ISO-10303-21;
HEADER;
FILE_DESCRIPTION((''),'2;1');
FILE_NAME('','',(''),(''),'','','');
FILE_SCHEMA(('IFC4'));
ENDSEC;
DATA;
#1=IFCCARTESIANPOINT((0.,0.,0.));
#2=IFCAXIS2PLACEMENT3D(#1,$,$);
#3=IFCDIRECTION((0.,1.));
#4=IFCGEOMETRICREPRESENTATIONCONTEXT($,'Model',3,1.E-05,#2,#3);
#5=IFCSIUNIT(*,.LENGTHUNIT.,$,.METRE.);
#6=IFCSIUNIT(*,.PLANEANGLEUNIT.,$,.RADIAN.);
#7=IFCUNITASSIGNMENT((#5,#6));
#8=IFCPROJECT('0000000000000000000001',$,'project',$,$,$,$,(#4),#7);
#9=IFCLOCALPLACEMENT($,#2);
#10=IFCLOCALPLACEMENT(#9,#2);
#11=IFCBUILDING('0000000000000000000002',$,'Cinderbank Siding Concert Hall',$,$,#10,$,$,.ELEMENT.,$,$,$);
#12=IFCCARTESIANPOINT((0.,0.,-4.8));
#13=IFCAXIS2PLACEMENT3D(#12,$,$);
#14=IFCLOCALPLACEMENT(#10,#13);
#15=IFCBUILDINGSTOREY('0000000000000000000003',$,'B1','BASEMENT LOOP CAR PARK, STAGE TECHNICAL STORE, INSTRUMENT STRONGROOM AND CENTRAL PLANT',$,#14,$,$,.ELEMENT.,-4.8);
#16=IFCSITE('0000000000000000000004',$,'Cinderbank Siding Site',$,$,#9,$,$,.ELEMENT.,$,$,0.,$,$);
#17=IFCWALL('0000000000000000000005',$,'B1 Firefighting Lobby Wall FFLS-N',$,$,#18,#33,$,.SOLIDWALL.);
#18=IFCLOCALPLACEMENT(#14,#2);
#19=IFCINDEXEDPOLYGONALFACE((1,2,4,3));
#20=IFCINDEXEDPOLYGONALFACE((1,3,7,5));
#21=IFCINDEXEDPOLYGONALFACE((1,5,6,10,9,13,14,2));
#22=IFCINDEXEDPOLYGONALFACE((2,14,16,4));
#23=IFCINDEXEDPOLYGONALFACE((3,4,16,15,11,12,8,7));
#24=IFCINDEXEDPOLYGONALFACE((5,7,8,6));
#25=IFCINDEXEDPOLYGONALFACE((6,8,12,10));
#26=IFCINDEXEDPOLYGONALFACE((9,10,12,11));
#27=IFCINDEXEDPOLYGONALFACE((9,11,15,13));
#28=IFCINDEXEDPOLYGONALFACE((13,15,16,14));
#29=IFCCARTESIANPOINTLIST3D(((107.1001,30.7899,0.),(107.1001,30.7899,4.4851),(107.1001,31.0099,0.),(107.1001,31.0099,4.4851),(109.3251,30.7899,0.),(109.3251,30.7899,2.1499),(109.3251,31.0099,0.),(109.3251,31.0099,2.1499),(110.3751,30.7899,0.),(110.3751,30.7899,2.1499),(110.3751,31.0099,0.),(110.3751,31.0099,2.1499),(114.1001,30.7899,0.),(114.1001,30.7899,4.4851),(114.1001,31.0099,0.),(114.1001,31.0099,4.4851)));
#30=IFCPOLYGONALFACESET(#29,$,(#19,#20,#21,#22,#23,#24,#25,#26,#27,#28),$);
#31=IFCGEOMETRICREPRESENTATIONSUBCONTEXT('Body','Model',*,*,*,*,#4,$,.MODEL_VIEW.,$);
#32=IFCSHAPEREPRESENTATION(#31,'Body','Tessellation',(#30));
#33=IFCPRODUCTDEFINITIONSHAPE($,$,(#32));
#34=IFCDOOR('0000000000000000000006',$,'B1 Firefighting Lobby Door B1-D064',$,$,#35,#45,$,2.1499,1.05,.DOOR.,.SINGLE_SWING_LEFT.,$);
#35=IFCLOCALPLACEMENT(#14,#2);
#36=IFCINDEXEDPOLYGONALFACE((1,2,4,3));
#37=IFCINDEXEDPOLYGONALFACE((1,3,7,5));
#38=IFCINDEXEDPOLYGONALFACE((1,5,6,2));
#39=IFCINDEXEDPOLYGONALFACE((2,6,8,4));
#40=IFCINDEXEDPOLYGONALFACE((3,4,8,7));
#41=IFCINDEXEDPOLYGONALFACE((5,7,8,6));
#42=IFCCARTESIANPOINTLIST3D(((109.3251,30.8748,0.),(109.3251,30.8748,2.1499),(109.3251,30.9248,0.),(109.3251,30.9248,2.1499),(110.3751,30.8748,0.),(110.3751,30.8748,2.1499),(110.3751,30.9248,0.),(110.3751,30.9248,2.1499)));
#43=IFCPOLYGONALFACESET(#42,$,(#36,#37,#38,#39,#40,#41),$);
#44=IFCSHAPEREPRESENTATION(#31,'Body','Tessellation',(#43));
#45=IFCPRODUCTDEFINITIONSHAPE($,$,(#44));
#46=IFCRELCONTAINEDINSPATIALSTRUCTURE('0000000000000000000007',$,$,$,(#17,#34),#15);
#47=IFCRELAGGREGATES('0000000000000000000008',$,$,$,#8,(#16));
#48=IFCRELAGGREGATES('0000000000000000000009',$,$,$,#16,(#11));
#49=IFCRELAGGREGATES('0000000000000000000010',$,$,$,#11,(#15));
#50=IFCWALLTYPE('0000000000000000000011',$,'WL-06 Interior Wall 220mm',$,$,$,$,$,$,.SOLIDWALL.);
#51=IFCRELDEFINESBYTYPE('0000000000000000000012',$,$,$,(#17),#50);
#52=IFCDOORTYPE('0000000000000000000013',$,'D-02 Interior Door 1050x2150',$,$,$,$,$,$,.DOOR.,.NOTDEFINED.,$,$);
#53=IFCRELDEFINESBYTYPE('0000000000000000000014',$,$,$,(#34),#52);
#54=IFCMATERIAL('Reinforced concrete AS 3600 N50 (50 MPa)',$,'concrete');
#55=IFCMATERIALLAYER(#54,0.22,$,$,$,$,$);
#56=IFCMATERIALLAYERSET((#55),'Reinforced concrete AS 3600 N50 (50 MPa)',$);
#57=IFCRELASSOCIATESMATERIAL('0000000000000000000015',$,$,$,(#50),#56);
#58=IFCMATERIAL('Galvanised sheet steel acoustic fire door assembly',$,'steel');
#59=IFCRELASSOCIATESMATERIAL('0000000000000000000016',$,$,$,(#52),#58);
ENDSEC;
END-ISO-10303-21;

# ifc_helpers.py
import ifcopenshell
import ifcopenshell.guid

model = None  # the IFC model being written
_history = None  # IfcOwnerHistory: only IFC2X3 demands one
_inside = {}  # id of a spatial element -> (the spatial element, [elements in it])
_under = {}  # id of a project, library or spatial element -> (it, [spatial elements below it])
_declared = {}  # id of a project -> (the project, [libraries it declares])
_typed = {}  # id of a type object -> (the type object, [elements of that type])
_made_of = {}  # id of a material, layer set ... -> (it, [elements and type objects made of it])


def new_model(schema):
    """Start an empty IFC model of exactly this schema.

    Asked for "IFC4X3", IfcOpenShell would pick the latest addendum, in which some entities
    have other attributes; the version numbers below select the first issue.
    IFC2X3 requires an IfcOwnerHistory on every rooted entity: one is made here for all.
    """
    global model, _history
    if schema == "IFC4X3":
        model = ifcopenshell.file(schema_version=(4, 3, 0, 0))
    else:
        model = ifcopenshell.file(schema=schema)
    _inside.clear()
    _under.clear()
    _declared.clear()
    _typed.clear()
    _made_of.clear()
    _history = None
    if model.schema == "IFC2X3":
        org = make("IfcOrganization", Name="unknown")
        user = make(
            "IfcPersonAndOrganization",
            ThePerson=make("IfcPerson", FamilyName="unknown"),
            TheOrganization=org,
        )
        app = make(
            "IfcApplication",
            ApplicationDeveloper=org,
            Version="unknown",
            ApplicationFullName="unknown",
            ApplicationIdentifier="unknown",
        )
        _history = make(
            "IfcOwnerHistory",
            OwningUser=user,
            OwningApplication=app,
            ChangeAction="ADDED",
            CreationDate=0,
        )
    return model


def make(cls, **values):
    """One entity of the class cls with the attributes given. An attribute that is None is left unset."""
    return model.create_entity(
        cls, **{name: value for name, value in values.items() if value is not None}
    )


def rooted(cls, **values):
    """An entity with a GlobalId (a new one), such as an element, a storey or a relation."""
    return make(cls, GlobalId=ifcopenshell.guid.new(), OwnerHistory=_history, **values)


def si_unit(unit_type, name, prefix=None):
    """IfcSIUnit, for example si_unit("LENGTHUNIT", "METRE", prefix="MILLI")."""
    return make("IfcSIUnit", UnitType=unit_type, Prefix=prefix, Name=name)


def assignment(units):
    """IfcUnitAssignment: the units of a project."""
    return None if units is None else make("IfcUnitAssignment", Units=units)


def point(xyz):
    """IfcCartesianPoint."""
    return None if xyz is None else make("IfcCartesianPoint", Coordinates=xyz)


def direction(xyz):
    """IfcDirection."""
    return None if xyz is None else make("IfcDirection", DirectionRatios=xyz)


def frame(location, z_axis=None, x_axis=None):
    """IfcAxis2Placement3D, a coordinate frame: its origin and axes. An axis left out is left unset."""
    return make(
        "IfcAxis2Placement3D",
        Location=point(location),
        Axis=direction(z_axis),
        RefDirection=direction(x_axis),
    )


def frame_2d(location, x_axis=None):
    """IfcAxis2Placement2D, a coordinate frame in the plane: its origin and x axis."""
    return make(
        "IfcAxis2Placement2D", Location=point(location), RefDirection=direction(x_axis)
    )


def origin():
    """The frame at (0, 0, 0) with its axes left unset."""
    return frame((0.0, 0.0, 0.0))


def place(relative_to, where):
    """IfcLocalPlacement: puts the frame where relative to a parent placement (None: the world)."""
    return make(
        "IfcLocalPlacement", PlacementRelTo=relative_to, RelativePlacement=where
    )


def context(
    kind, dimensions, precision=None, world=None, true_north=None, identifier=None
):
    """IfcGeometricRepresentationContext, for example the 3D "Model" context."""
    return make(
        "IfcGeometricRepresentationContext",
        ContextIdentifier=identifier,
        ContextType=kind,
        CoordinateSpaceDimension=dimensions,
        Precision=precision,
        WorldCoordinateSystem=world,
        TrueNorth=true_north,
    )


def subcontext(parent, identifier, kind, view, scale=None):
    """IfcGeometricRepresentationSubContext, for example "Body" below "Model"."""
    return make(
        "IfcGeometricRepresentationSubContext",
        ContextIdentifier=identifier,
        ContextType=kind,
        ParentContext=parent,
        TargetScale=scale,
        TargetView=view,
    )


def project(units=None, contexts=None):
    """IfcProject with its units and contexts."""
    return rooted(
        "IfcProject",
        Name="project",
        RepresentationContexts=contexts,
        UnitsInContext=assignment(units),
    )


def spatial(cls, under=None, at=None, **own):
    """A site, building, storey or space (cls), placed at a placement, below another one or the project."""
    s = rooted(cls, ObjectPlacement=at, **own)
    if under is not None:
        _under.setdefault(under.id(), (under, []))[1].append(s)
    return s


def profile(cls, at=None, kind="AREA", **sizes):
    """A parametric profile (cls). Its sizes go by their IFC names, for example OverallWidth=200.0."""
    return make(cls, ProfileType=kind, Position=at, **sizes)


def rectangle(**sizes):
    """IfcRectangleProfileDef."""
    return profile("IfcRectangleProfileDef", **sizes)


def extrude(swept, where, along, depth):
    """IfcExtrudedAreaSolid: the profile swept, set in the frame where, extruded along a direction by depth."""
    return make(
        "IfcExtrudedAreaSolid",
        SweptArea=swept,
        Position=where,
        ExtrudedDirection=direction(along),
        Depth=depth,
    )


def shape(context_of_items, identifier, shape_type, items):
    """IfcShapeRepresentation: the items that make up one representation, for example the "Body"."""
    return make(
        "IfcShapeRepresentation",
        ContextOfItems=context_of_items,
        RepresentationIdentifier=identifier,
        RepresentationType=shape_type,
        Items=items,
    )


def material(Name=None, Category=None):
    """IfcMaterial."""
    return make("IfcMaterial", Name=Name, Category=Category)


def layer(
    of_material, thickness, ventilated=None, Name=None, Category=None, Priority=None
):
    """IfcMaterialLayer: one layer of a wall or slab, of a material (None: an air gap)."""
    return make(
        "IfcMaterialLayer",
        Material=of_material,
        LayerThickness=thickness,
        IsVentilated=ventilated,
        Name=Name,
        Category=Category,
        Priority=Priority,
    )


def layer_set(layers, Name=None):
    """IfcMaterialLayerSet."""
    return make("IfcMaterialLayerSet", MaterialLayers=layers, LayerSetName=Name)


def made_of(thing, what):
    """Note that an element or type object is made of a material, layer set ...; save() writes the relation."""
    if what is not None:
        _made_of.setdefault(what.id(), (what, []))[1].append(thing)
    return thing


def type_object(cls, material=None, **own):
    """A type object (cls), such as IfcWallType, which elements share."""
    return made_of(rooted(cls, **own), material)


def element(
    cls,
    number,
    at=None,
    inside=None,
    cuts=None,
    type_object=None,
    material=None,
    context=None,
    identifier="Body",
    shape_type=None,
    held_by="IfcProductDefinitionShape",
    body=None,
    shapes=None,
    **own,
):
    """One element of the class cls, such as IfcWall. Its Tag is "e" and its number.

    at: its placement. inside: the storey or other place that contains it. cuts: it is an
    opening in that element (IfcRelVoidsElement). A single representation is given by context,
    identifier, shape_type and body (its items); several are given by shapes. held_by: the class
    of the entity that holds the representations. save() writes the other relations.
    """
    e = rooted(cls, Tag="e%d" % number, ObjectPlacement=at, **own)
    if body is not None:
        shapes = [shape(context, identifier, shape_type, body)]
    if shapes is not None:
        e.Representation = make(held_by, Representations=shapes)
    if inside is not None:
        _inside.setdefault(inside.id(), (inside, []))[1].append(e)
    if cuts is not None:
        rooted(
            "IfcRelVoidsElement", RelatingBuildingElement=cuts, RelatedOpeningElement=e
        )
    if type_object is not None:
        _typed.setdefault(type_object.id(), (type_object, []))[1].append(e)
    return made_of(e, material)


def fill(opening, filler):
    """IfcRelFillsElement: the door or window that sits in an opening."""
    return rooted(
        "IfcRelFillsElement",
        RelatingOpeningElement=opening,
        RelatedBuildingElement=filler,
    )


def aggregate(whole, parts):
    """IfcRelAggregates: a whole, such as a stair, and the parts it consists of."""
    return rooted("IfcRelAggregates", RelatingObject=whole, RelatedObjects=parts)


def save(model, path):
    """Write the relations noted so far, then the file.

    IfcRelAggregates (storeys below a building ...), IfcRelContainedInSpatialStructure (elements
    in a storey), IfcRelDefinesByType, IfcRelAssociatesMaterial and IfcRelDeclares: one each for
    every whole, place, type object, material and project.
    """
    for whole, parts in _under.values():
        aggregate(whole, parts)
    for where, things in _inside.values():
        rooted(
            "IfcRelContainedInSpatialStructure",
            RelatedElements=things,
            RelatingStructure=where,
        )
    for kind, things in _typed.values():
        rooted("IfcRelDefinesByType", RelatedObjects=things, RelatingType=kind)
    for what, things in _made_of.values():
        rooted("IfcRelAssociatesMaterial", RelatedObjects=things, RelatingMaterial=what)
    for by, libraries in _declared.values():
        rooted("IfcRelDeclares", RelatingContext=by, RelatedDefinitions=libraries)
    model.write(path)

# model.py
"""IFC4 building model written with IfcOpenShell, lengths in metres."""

from ifc_helpers import new_model, si_unit, direction, frame, frame_2d, origin, place, context, subcontext, project, spatial, rectangle, extrude, material, layer, layer_set, type_object, element, fill, save


model = new_model("IFC4")

# Units and contexts
model_context = context("Model", 3, precision=1e-05, world=origin(), true_north=direction((0.0, 1.0)))
body_context = subcontext(model_context, "Body", "Model", "MODEL_VIEW")
ifc_project = project(units=[si_unit("LENGTHUNIT", "METRE"), si_unit("PLANEANGLEUNIT", "RADIAN")], contexts=[model_context])

# Site, building, storey
site_placement = place(None, origin())
site = spatial("IfcSite", under=ifc_project, at=site_placement, Name="Cinderbank Siding Site", CompositionType="ELEMENT", RefElevation=0.0)
building_placement = place(site_placement, origin())
building = spatial("IfcBuilding", under=site, at=building_placement, Name="Cinderbank Siding Concert Hall", CompositionType="ELEMENT")
storey_placement = place(building_placement, frame((0.0, 0.0, -4.8)))
storey = spatial("IfcBuildingStorey", under=building, at=storey_placement, Name="B1", Description="BASEMENT LOOP CAR PARK, STAGE TECHNICAL STORE, INSTRUMENT STRONGROOM AND CENTRAL PLANT", CompositionType="ELEMENT", Elevation=-4.8)

# Shared definitions
ifc_material_1 = material(Name="Reinforced concrete AS 3600 N50 (50 MPa)", Category="concrete")

# Wall, opening, door
ifc_layer_1 = layer(ifc_material_1, 0.22)
ifc_layer_set_1 = layer_set([ifc_layer_1], Name="Reinforced concrete AS 3600 N50 (50 MPa)")
wall_type_1 = type_object("IfcWallType", Name="WL-06 Interior Wall 220mm", PredefinedType="SOLIDWALL", material=ifc_layer_set_1)
wall_1_placement = place(storey_placement, frame((107.1001, 30.8999, 0.0), z_axis=(0.0, 0.0, 1.0), x_axis=(1.0, 0.0, 0.0)))
wall_1 = element("IfcWall", 1, at=wall_1_placement, inside=storey, type_object=wall_type_1, Name="B1 Firefighting Lobby Wall FFLS-N", PredefinedType="SOLIDWALL", context=body_context, shape_type="SweptSolid", body=[
    extrude(rectangle(XDim=7.0, YDim=0.22, at=frame_2d((3.5, 0.0))), origin(), (0.0, 0.0, 1.0), 4.4851),
])
opening_1_placement = place(wall_1_placement, frame((2.2251, 0.0, 0.0)))
opening_1 = element("IfcOpeningElement", 2, at=opening_1_placement, cuts=wall_1, PredefinedType="OPENING", context=body_context, shape_type="SweptSolid", body=[
    extrude(rectangle(XDim=1.05, YDim=2.1499, at=frame_2d((0.5249, 1.075))), frame((0.0, 0.1221, 0.0), z_axis=(0.0, -1.0, 0.0), x_axis=(1.0, 0.0, 0.0)), (0.0, 0.0, 1.0), 0.2439),
])
ifc_material_2 = material(Name="Galvanised sheet steel acoustic fire door assembly", Category="steel")
door_type_1 = type_object("IfcDoorType", Name="D-02 Interior Door 1050x2150", OperationType="NOTDEFINED", PredefinedType="DOOR", material=ifc_material_2)
door_1_placement = place(opening_1_placement, origin())
door_1 = element("IfcDoor", 3, at=door_1_placement, inside=storey, type_object=door_type_1, Name="B1 Firefighting Lobby Door B1-D064", OperationType="SINGLE_SWING_LEFT", OverallHeight=2.1499, OverallWidth=1.05, PredefinedType="DOOR", context=body_context, shape_type="SweptSolid", body=[
    extrude(rectangle(XDim=1.05, YDim=2.1499, at=frame_2d((0.5249, 1.075))), frame((0.0, 0.0249, 0.0), z_axis=(0.0, -1.0, 0.0), x_axis=(1.0, 0.0, 0.0)), (0.0, 0.0, 1.0), 0.05),
])
fill(opening_1, door_1)

save(model, "model.ifc")
